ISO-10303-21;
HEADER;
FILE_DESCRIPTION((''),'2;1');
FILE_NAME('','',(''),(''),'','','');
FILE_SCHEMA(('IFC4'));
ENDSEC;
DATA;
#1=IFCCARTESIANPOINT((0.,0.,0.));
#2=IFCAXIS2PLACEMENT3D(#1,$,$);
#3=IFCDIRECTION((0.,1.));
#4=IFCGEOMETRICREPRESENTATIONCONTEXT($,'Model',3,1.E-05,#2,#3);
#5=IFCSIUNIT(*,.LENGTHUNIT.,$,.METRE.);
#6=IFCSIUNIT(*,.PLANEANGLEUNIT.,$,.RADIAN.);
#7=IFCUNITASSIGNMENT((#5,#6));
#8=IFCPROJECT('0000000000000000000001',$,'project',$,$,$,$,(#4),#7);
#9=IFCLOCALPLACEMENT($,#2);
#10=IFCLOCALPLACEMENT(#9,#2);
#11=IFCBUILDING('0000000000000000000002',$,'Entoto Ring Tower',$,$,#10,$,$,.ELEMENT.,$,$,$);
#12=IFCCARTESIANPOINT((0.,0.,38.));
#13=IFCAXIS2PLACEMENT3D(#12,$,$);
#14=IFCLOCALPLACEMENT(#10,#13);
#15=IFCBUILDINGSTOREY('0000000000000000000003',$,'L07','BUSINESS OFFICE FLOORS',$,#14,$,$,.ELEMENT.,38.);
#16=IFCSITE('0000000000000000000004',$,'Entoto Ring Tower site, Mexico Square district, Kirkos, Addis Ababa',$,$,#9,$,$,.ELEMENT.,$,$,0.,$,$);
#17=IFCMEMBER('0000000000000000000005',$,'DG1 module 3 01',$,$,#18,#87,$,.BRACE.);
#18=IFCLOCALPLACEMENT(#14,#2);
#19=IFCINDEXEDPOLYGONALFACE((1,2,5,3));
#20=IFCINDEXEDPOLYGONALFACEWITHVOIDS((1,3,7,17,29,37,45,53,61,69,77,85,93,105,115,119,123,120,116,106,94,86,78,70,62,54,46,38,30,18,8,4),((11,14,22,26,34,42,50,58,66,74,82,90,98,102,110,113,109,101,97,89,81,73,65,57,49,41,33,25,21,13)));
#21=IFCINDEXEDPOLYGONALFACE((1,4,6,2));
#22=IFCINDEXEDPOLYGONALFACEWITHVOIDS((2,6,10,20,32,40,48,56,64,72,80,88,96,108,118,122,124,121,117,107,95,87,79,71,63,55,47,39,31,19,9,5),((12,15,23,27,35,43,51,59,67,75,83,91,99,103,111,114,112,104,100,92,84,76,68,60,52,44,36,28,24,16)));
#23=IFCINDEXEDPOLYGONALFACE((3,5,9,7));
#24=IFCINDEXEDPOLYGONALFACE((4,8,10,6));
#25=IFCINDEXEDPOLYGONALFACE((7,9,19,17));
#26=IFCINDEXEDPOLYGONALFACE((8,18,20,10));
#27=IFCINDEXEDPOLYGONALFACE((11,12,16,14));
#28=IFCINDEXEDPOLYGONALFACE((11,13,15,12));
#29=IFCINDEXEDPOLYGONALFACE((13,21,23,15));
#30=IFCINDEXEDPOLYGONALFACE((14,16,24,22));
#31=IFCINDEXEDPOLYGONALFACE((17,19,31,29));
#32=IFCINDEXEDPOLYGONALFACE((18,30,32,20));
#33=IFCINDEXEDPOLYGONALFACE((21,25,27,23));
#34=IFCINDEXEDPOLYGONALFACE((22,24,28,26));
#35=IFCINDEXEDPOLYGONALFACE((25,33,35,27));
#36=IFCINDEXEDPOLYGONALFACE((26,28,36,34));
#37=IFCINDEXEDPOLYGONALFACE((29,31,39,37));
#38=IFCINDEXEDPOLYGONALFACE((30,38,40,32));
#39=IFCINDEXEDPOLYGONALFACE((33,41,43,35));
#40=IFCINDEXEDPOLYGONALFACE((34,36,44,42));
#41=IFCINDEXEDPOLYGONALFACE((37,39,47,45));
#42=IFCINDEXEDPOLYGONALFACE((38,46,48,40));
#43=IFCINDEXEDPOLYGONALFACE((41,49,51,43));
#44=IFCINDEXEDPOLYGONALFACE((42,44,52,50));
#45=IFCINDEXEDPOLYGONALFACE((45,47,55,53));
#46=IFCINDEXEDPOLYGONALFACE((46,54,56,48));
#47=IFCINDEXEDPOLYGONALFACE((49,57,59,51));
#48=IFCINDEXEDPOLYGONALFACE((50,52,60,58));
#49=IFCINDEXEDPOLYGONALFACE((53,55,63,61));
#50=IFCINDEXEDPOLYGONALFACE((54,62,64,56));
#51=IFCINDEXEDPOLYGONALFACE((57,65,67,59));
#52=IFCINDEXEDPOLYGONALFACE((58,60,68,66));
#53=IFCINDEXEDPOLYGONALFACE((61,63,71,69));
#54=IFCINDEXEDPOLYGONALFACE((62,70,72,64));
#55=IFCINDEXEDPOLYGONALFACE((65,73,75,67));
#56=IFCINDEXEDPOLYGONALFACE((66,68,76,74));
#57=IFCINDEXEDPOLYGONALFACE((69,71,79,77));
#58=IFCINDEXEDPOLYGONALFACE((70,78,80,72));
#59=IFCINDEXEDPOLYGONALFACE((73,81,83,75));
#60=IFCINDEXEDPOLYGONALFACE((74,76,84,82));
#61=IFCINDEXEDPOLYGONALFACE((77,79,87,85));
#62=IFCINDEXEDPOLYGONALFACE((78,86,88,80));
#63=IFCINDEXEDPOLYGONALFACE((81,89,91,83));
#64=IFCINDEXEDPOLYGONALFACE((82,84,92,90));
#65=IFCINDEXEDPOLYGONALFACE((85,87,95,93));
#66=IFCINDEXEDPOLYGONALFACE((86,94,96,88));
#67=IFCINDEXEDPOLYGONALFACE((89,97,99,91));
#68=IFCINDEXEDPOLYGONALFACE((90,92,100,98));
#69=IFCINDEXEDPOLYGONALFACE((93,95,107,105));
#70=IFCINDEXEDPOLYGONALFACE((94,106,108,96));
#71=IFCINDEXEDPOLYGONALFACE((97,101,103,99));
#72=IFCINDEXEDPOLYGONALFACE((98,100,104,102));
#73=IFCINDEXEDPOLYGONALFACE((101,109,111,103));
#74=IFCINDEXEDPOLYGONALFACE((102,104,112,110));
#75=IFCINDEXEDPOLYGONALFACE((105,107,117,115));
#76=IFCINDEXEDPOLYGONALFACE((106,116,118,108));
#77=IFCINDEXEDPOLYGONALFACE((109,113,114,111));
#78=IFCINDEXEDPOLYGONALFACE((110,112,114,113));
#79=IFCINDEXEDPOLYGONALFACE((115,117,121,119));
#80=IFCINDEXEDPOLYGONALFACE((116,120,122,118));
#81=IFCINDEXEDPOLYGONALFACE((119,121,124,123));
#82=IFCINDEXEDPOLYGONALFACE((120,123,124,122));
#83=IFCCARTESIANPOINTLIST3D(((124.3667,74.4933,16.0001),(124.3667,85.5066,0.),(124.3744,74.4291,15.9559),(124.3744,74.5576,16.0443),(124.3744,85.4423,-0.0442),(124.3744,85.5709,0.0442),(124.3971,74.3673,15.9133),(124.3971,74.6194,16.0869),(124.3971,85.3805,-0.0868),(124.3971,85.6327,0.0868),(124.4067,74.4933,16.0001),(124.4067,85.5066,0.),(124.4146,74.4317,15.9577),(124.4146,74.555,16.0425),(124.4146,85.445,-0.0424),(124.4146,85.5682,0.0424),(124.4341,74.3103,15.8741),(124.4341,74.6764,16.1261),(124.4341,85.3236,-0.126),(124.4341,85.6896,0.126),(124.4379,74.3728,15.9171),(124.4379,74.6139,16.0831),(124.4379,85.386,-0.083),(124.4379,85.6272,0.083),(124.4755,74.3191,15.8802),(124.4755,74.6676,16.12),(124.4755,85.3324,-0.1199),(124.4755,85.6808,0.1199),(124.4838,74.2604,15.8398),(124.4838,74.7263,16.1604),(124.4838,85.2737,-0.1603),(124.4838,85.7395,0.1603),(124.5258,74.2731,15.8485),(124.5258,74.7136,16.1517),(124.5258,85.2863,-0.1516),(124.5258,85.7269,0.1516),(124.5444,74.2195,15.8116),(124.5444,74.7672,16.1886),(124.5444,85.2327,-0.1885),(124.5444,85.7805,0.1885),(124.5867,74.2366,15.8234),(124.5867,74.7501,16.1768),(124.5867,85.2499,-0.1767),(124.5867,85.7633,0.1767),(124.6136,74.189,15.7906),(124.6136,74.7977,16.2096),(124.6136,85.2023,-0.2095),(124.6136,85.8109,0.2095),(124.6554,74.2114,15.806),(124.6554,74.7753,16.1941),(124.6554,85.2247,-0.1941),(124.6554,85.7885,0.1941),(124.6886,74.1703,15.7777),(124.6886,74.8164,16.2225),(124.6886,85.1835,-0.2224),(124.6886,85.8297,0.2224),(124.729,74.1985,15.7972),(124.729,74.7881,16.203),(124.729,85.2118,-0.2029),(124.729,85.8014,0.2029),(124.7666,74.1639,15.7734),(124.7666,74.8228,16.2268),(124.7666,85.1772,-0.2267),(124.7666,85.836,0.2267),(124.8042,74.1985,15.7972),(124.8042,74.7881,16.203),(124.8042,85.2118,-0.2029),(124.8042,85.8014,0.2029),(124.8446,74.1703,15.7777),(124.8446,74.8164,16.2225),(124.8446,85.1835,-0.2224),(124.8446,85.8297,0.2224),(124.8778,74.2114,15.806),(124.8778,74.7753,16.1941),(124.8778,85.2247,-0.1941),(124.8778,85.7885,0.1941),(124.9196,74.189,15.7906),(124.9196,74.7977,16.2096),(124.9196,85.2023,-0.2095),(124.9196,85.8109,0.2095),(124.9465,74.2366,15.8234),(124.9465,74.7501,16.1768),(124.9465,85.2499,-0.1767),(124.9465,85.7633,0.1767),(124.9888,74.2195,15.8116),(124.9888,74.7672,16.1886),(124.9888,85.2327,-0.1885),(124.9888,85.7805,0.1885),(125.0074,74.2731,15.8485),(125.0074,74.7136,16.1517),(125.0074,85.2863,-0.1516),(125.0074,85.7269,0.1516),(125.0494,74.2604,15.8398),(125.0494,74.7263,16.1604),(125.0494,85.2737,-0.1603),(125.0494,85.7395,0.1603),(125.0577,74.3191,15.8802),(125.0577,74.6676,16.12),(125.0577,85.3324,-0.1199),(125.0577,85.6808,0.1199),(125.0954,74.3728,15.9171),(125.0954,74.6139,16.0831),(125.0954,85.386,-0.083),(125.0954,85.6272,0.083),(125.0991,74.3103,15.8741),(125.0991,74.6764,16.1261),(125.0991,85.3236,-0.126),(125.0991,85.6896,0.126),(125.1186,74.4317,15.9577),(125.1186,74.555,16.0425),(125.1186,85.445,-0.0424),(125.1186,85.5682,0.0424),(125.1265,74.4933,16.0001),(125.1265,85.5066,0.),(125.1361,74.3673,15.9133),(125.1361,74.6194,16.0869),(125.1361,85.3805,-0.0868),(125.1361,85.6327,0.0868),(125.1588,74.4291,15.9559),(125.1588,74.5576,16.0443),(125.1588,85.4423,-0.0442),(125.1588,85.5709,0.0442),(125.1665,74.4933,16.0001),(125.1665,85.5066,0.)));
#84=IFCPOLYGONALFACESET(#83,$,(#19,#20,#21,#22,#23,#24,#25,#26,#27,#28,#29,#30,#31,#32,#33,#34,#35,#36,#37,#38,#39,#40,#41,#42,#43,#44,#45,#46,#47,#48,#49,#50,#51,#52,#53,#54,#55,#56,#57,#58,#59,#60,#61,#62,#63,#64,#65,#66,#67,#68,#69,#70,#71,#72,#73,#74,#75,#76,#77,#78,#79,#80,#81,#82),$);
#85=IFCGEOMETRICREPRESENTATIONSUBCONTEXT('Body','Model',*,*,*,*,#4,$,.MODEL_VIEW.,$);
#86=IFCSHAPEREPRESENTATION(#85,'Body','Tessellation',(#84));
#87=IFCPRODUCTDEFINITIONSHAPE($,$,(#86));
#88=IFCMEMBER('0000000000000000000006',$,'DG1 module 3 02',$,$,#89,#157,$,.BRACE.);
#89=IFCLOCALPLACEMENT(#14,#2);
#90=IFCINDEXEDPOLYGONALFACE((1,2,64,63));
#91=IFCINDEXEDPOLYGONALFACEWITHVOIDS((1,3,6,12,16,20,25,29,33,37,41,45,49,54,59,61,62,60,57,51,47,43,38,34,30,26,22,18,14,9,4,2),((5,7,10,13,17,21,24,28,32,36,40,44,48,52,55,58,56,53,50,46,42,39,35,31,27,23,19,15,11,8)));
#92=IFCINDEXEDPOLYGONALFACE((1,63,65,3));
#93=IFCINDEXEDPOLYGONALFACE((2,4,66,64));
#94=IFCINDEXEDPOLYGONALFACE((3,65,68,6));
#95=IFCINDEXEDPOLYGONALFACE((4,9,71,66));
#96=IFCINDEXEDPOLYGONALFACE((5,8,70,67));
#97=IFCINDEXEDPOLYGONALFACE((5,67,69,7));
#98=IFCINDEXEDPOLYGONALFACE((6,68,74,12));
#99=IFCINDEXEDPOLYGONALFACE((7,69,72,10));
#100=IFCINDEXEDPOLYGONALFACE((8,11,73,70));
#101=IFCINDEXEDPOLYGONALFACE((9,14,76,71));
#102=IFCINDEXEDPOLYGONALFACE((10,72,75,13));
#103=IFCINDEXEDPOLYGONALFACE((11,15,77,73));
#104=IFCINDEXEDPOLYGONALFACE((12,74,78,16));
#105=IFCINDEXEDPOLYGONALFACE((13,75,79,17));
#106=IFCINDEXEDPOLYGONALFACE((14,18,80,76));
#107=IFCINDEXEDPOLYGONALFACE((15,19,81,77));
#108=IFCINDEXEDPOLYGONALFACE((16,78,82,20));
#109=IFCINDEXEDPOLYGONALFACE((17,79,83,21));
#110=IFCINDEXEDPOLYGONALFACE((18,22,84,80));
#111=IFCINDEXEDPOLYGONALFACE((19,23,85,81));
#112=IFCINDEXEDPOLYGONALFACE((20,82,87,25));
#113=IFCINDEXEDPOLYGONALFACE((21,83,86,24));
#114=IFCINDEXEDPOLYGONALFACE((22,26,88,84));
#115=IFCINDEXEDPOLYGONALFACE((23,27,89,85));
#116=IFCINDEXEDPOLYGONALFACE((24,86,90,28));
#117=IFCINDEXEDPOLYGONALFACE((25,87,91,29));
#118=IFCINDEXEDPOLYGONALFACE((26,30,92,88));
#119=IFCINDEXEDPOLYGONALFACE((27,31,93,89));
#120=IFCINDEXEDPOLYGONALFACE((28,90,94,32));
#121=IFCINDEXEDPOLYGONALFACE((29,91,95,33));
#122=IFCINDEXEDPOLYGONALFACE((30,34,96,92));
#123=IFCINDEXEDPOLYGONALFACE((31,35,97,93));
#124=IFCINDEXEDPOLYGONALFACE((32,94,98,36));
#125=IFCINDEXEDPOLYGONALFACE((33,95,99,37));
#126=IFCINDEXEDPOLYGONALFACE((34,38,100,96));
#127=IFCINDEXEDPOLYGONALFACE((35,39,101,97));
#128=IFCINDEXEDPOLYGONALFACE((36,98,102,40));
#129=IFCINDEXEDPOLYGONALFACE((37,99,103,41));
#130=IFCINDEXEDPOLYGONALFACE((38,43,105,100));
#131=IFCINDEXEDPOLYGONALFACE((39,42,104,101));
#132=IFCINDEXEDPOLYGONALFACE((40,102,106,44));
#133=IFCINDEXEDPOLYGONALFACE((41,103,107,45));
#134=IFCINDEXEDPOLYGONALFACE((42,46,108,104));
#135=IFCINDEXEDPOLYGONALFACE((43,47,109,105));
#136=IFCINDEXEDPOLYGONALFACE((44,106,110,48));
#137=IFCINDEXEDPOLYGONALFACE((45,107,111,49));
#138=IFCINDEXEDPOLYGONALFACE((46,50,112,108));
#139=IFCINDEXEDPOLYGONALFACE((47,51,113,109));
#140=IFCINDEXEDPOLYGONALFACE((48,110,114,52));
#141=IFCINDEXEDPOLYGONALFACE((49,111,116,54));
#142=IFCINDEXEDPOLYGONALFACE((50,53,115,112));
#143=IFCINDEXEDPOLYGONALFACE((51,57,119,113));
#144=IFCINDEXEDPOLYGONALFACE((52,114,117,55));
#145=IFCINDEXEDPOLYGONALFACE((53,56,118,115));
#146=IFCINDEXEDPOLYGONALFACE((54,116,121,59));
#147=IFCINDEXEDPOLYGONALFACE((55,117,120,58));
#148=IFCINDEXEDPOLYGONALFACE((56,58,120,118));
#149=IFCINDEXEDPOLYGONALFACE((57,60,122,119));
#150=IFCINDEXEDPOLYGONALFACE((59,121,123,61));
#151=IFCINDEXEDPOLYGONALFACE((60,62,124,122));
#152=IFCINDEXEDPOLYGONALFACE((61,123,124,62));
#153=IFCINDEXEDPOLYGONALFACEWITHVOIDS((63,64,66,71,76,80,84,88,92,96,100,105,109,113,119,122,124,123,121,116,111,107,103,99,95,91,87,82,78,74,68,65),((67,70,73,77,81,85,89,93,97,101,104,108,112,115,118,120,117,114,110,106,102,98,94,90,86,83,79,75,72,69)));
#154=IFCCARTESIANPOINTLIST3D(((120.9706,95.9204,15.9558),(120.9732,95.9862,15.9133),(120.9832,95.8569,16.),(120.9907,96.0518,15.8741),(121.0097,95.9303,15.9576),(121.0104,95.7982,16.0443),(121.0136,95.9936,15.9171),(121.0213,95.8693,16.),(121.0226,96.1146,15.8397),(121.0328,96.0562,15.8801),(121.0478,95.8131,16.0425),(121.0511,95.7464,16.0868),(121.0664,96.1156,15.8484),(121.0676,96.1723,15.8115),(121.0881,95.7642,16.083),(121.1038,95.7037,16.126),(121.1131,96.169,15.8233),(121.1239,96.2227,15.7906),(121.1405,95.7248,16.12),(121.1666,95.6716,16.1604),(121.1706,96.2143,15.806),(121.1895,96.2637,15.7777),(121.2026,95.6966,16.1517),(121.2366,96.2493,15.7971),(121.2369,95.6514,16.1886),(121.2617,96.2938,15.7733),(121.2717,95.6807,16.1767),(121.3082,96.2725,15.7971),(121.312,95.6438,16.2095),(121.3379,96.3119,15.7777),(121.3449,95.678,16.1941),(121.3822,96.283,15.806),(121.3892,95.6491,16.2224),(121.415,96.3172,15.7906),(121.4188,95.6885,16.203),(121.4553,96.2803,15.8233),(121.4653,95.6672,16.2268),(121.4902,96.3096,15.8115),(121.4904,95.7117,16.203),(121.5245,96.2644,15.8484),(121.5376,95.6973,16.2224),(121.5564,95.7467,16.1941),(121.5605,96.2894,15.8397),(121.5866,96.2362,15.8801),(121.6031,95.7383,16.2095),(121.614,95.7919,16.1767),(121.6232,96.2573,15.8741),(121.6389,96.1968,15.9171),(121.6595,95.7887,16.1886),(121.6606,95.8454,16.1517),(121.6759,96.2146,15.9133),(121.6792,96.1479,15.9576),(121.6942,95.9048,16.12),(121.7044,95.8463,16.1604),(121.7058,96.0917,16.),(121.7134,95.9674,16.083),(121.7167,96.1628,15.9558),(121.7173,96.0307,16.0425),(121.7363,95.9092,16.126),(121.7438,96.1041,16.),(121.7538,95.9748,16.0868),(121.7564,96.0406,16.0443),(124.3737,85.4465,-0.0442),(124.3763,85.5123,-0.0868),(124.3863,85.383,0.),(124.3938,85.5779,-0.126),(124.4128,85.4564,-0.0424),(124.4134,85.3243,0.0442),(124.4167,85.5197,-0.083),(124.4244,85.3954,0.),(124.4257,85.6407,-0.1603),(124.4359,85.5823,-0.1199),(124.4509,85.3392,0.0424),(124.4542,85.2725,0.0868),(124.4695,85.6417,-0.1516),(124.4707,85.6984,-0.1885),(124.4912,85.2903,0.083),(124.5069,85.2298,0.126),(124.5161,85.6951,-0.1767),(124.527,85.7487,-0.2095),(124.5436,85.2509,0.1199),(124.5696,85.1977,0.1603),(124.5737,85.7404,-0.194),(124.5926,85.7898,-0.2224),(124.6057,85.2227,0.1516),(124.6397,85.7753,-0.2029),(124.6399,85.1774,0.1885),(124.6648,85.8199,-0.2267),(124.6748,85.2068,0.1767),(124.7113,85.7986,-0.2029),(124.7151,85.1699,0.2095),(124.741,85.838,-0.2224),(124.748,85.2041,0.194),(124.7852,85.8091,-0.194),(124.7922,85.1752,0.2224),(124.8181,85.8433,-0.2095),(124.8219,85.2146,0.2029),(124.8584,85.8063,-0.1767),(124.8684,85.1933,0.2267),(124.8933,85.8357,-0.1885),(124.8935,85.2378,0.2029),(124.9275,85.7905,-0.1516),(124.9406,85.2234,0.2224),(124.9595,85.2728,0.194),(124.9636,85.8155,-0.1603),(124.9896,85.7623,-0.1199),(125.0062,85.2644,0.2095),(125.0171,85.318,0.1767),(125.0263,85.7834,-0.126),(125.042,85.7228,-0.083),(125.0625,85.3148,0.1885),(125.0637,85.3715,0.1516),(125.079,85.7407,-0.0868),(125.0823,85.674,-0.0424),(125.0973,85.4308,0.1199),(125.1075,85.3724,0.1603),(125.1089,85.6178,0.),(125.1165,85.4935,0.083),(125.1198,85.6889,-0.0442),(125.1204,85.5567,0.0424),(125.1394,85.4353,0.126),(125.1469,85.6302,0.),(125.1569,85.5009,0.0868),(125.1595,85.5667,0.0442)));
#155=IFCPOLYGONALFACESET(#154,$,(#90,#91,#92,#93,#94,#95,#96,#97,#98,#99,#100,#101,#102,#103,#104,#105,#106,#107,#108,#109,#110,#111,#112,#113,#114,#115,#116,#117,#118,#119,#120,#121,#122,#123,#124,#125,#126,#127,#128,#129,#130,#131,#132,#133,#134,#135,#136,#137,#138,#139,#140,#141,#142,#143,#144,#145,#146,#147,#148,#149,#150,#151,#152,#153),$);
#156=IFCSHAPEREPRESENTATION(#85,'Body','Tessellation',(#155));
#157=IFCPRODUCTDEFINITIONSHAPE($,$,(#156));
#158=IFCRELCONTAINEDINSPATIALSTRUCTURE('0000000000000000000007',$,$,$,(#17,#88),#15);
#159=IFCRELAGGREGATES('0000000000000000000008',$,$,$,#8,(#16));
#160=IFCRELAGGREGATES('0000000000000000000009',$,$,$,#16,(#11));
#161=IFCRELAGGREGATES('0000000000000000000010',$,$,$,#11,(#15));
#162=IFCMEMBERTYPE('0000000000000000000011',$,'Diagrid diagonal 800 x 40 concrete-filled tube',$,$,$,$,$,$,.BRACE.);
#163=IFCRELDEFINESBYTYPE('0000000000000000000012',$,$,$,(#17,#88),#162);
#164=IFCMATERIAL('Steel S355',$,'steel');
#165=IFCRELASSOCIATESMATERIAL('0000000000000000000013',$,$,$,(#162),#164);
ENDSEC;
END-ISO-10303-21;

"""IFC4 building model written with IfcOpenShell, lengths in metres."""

from ifc_helpers import new_model, si_unit, direction, frame, origin, origin_2d, place, context, subcontext, project, spatial, circle, hollow_circle, extrude, material, material_profile, profile_set, type_object, element, save


model = new_model("IFC4")

# Units and contexts
model_context = context("Model", 3, precision=1e-05, world=origin(), true_north=direction((0.0, 1.0)))
body_context = subcontext(model_context, "Body", "Model", "MODEL_VIEW")
ifc_project = project(units=[si_unit("LENGTHUNIT", "METRE"), si_unit("PLANEANGLEUNIT", "RADIAN")], contexts=[model_context])

# Site, building, storey
site_placement = place(None, origin())
site = spatial("IfcSite", under=ifc_project, at=site_placement, Name="Entoto Ring Tower site, Mexico Square district, Kirkos, Addis Ababa", CompositionType="ELEMENT", RefElevation=0.0)
building_placement = place(site_placement, origin())
building = spatial("IfcBuilding", under=site, at=building_placement, Name="Entoto Ring Tower", CompositionType="ELEMENT")
storey_placement = place(building_placement, frame((0.0, 0.0, 38.0)))
storey = spatial("IfcBuildingStorey", under=building, at=storey_placement, Name="L07", Description="BUSINESS OFFICE FLOORS", CompositionType="ELEMENT", Elevation=38.0)

# Members
ifc_material_1 = material(Name="Steel S355", Category="steel")
ifc_material_profile_1 = material_profile(ifc_material_1, hollow_circle(Radius=0.3999, WallThickness=0.04, at=origin_2d()), Name="CHS 800 x 40")
ifc_material_2 = material(Name="Concrete C60/75", Category="concrete")
ifc_material_profile_2 = material_profile(ifc_material_2, circle(Radius=0.3601, at=origin_2d()), Name="Concrete C60/75 infill")
ifc_profile_set_1 = profile_set([ifc_material_profile_1, ifc_material_profile_2], Name="Steel S355")
member_type_1 = type_object("IfcMemberType", Name="Diagrid diagonal 800 x 40 concrete-filled tube", PredefinedType="BRACE", material=ifc_profile_set_1)
member_placement = place(storey_placement, frame((124.7666, 85.5066, 0.0), z_axis=(0.0, -0.56699, 0.823725), x_axis=(1.0, 0.0, 0.0)))
element("IfcMember", 1, at=member_placement, inside=storey, type_object=member_type_1, Name="DG1 module 3 01", PredefinedType="BRACE", context=body_context, shape_type="SweptSolid", body=[
    extrude(hollow_circle(Radius=0.3999, WallThickness=0.04, at=origin_2d()), origin(), (0.0, 0.0, 1.0), 19.4241),
])
for number, where, z_axis, x_axis, name in (
    (2, (124.7666, 85.5066, 0.0), (-0.175202, 0.53923, 0.823733), (-0.951059, -0.309009, 0.0), "DG1 module 3 02"),
):
    element("IfcMember", number, at=place(storey_placement, frame(where, z_axis=z_axis, x_axis=x_axis)), inside=storey, type_object=member_type_1, Name=name, PredefinedType="BRACE", context=body_context, shape_type="SweptSolid", body=[
        extrude(hollow_circle(Radius=0.3999, WallThickness=0.04, at=origin_2d()), origin(), (0.0, 0.0, 1.0), 19.4238),
    ])

save(model, "model.ifc")
